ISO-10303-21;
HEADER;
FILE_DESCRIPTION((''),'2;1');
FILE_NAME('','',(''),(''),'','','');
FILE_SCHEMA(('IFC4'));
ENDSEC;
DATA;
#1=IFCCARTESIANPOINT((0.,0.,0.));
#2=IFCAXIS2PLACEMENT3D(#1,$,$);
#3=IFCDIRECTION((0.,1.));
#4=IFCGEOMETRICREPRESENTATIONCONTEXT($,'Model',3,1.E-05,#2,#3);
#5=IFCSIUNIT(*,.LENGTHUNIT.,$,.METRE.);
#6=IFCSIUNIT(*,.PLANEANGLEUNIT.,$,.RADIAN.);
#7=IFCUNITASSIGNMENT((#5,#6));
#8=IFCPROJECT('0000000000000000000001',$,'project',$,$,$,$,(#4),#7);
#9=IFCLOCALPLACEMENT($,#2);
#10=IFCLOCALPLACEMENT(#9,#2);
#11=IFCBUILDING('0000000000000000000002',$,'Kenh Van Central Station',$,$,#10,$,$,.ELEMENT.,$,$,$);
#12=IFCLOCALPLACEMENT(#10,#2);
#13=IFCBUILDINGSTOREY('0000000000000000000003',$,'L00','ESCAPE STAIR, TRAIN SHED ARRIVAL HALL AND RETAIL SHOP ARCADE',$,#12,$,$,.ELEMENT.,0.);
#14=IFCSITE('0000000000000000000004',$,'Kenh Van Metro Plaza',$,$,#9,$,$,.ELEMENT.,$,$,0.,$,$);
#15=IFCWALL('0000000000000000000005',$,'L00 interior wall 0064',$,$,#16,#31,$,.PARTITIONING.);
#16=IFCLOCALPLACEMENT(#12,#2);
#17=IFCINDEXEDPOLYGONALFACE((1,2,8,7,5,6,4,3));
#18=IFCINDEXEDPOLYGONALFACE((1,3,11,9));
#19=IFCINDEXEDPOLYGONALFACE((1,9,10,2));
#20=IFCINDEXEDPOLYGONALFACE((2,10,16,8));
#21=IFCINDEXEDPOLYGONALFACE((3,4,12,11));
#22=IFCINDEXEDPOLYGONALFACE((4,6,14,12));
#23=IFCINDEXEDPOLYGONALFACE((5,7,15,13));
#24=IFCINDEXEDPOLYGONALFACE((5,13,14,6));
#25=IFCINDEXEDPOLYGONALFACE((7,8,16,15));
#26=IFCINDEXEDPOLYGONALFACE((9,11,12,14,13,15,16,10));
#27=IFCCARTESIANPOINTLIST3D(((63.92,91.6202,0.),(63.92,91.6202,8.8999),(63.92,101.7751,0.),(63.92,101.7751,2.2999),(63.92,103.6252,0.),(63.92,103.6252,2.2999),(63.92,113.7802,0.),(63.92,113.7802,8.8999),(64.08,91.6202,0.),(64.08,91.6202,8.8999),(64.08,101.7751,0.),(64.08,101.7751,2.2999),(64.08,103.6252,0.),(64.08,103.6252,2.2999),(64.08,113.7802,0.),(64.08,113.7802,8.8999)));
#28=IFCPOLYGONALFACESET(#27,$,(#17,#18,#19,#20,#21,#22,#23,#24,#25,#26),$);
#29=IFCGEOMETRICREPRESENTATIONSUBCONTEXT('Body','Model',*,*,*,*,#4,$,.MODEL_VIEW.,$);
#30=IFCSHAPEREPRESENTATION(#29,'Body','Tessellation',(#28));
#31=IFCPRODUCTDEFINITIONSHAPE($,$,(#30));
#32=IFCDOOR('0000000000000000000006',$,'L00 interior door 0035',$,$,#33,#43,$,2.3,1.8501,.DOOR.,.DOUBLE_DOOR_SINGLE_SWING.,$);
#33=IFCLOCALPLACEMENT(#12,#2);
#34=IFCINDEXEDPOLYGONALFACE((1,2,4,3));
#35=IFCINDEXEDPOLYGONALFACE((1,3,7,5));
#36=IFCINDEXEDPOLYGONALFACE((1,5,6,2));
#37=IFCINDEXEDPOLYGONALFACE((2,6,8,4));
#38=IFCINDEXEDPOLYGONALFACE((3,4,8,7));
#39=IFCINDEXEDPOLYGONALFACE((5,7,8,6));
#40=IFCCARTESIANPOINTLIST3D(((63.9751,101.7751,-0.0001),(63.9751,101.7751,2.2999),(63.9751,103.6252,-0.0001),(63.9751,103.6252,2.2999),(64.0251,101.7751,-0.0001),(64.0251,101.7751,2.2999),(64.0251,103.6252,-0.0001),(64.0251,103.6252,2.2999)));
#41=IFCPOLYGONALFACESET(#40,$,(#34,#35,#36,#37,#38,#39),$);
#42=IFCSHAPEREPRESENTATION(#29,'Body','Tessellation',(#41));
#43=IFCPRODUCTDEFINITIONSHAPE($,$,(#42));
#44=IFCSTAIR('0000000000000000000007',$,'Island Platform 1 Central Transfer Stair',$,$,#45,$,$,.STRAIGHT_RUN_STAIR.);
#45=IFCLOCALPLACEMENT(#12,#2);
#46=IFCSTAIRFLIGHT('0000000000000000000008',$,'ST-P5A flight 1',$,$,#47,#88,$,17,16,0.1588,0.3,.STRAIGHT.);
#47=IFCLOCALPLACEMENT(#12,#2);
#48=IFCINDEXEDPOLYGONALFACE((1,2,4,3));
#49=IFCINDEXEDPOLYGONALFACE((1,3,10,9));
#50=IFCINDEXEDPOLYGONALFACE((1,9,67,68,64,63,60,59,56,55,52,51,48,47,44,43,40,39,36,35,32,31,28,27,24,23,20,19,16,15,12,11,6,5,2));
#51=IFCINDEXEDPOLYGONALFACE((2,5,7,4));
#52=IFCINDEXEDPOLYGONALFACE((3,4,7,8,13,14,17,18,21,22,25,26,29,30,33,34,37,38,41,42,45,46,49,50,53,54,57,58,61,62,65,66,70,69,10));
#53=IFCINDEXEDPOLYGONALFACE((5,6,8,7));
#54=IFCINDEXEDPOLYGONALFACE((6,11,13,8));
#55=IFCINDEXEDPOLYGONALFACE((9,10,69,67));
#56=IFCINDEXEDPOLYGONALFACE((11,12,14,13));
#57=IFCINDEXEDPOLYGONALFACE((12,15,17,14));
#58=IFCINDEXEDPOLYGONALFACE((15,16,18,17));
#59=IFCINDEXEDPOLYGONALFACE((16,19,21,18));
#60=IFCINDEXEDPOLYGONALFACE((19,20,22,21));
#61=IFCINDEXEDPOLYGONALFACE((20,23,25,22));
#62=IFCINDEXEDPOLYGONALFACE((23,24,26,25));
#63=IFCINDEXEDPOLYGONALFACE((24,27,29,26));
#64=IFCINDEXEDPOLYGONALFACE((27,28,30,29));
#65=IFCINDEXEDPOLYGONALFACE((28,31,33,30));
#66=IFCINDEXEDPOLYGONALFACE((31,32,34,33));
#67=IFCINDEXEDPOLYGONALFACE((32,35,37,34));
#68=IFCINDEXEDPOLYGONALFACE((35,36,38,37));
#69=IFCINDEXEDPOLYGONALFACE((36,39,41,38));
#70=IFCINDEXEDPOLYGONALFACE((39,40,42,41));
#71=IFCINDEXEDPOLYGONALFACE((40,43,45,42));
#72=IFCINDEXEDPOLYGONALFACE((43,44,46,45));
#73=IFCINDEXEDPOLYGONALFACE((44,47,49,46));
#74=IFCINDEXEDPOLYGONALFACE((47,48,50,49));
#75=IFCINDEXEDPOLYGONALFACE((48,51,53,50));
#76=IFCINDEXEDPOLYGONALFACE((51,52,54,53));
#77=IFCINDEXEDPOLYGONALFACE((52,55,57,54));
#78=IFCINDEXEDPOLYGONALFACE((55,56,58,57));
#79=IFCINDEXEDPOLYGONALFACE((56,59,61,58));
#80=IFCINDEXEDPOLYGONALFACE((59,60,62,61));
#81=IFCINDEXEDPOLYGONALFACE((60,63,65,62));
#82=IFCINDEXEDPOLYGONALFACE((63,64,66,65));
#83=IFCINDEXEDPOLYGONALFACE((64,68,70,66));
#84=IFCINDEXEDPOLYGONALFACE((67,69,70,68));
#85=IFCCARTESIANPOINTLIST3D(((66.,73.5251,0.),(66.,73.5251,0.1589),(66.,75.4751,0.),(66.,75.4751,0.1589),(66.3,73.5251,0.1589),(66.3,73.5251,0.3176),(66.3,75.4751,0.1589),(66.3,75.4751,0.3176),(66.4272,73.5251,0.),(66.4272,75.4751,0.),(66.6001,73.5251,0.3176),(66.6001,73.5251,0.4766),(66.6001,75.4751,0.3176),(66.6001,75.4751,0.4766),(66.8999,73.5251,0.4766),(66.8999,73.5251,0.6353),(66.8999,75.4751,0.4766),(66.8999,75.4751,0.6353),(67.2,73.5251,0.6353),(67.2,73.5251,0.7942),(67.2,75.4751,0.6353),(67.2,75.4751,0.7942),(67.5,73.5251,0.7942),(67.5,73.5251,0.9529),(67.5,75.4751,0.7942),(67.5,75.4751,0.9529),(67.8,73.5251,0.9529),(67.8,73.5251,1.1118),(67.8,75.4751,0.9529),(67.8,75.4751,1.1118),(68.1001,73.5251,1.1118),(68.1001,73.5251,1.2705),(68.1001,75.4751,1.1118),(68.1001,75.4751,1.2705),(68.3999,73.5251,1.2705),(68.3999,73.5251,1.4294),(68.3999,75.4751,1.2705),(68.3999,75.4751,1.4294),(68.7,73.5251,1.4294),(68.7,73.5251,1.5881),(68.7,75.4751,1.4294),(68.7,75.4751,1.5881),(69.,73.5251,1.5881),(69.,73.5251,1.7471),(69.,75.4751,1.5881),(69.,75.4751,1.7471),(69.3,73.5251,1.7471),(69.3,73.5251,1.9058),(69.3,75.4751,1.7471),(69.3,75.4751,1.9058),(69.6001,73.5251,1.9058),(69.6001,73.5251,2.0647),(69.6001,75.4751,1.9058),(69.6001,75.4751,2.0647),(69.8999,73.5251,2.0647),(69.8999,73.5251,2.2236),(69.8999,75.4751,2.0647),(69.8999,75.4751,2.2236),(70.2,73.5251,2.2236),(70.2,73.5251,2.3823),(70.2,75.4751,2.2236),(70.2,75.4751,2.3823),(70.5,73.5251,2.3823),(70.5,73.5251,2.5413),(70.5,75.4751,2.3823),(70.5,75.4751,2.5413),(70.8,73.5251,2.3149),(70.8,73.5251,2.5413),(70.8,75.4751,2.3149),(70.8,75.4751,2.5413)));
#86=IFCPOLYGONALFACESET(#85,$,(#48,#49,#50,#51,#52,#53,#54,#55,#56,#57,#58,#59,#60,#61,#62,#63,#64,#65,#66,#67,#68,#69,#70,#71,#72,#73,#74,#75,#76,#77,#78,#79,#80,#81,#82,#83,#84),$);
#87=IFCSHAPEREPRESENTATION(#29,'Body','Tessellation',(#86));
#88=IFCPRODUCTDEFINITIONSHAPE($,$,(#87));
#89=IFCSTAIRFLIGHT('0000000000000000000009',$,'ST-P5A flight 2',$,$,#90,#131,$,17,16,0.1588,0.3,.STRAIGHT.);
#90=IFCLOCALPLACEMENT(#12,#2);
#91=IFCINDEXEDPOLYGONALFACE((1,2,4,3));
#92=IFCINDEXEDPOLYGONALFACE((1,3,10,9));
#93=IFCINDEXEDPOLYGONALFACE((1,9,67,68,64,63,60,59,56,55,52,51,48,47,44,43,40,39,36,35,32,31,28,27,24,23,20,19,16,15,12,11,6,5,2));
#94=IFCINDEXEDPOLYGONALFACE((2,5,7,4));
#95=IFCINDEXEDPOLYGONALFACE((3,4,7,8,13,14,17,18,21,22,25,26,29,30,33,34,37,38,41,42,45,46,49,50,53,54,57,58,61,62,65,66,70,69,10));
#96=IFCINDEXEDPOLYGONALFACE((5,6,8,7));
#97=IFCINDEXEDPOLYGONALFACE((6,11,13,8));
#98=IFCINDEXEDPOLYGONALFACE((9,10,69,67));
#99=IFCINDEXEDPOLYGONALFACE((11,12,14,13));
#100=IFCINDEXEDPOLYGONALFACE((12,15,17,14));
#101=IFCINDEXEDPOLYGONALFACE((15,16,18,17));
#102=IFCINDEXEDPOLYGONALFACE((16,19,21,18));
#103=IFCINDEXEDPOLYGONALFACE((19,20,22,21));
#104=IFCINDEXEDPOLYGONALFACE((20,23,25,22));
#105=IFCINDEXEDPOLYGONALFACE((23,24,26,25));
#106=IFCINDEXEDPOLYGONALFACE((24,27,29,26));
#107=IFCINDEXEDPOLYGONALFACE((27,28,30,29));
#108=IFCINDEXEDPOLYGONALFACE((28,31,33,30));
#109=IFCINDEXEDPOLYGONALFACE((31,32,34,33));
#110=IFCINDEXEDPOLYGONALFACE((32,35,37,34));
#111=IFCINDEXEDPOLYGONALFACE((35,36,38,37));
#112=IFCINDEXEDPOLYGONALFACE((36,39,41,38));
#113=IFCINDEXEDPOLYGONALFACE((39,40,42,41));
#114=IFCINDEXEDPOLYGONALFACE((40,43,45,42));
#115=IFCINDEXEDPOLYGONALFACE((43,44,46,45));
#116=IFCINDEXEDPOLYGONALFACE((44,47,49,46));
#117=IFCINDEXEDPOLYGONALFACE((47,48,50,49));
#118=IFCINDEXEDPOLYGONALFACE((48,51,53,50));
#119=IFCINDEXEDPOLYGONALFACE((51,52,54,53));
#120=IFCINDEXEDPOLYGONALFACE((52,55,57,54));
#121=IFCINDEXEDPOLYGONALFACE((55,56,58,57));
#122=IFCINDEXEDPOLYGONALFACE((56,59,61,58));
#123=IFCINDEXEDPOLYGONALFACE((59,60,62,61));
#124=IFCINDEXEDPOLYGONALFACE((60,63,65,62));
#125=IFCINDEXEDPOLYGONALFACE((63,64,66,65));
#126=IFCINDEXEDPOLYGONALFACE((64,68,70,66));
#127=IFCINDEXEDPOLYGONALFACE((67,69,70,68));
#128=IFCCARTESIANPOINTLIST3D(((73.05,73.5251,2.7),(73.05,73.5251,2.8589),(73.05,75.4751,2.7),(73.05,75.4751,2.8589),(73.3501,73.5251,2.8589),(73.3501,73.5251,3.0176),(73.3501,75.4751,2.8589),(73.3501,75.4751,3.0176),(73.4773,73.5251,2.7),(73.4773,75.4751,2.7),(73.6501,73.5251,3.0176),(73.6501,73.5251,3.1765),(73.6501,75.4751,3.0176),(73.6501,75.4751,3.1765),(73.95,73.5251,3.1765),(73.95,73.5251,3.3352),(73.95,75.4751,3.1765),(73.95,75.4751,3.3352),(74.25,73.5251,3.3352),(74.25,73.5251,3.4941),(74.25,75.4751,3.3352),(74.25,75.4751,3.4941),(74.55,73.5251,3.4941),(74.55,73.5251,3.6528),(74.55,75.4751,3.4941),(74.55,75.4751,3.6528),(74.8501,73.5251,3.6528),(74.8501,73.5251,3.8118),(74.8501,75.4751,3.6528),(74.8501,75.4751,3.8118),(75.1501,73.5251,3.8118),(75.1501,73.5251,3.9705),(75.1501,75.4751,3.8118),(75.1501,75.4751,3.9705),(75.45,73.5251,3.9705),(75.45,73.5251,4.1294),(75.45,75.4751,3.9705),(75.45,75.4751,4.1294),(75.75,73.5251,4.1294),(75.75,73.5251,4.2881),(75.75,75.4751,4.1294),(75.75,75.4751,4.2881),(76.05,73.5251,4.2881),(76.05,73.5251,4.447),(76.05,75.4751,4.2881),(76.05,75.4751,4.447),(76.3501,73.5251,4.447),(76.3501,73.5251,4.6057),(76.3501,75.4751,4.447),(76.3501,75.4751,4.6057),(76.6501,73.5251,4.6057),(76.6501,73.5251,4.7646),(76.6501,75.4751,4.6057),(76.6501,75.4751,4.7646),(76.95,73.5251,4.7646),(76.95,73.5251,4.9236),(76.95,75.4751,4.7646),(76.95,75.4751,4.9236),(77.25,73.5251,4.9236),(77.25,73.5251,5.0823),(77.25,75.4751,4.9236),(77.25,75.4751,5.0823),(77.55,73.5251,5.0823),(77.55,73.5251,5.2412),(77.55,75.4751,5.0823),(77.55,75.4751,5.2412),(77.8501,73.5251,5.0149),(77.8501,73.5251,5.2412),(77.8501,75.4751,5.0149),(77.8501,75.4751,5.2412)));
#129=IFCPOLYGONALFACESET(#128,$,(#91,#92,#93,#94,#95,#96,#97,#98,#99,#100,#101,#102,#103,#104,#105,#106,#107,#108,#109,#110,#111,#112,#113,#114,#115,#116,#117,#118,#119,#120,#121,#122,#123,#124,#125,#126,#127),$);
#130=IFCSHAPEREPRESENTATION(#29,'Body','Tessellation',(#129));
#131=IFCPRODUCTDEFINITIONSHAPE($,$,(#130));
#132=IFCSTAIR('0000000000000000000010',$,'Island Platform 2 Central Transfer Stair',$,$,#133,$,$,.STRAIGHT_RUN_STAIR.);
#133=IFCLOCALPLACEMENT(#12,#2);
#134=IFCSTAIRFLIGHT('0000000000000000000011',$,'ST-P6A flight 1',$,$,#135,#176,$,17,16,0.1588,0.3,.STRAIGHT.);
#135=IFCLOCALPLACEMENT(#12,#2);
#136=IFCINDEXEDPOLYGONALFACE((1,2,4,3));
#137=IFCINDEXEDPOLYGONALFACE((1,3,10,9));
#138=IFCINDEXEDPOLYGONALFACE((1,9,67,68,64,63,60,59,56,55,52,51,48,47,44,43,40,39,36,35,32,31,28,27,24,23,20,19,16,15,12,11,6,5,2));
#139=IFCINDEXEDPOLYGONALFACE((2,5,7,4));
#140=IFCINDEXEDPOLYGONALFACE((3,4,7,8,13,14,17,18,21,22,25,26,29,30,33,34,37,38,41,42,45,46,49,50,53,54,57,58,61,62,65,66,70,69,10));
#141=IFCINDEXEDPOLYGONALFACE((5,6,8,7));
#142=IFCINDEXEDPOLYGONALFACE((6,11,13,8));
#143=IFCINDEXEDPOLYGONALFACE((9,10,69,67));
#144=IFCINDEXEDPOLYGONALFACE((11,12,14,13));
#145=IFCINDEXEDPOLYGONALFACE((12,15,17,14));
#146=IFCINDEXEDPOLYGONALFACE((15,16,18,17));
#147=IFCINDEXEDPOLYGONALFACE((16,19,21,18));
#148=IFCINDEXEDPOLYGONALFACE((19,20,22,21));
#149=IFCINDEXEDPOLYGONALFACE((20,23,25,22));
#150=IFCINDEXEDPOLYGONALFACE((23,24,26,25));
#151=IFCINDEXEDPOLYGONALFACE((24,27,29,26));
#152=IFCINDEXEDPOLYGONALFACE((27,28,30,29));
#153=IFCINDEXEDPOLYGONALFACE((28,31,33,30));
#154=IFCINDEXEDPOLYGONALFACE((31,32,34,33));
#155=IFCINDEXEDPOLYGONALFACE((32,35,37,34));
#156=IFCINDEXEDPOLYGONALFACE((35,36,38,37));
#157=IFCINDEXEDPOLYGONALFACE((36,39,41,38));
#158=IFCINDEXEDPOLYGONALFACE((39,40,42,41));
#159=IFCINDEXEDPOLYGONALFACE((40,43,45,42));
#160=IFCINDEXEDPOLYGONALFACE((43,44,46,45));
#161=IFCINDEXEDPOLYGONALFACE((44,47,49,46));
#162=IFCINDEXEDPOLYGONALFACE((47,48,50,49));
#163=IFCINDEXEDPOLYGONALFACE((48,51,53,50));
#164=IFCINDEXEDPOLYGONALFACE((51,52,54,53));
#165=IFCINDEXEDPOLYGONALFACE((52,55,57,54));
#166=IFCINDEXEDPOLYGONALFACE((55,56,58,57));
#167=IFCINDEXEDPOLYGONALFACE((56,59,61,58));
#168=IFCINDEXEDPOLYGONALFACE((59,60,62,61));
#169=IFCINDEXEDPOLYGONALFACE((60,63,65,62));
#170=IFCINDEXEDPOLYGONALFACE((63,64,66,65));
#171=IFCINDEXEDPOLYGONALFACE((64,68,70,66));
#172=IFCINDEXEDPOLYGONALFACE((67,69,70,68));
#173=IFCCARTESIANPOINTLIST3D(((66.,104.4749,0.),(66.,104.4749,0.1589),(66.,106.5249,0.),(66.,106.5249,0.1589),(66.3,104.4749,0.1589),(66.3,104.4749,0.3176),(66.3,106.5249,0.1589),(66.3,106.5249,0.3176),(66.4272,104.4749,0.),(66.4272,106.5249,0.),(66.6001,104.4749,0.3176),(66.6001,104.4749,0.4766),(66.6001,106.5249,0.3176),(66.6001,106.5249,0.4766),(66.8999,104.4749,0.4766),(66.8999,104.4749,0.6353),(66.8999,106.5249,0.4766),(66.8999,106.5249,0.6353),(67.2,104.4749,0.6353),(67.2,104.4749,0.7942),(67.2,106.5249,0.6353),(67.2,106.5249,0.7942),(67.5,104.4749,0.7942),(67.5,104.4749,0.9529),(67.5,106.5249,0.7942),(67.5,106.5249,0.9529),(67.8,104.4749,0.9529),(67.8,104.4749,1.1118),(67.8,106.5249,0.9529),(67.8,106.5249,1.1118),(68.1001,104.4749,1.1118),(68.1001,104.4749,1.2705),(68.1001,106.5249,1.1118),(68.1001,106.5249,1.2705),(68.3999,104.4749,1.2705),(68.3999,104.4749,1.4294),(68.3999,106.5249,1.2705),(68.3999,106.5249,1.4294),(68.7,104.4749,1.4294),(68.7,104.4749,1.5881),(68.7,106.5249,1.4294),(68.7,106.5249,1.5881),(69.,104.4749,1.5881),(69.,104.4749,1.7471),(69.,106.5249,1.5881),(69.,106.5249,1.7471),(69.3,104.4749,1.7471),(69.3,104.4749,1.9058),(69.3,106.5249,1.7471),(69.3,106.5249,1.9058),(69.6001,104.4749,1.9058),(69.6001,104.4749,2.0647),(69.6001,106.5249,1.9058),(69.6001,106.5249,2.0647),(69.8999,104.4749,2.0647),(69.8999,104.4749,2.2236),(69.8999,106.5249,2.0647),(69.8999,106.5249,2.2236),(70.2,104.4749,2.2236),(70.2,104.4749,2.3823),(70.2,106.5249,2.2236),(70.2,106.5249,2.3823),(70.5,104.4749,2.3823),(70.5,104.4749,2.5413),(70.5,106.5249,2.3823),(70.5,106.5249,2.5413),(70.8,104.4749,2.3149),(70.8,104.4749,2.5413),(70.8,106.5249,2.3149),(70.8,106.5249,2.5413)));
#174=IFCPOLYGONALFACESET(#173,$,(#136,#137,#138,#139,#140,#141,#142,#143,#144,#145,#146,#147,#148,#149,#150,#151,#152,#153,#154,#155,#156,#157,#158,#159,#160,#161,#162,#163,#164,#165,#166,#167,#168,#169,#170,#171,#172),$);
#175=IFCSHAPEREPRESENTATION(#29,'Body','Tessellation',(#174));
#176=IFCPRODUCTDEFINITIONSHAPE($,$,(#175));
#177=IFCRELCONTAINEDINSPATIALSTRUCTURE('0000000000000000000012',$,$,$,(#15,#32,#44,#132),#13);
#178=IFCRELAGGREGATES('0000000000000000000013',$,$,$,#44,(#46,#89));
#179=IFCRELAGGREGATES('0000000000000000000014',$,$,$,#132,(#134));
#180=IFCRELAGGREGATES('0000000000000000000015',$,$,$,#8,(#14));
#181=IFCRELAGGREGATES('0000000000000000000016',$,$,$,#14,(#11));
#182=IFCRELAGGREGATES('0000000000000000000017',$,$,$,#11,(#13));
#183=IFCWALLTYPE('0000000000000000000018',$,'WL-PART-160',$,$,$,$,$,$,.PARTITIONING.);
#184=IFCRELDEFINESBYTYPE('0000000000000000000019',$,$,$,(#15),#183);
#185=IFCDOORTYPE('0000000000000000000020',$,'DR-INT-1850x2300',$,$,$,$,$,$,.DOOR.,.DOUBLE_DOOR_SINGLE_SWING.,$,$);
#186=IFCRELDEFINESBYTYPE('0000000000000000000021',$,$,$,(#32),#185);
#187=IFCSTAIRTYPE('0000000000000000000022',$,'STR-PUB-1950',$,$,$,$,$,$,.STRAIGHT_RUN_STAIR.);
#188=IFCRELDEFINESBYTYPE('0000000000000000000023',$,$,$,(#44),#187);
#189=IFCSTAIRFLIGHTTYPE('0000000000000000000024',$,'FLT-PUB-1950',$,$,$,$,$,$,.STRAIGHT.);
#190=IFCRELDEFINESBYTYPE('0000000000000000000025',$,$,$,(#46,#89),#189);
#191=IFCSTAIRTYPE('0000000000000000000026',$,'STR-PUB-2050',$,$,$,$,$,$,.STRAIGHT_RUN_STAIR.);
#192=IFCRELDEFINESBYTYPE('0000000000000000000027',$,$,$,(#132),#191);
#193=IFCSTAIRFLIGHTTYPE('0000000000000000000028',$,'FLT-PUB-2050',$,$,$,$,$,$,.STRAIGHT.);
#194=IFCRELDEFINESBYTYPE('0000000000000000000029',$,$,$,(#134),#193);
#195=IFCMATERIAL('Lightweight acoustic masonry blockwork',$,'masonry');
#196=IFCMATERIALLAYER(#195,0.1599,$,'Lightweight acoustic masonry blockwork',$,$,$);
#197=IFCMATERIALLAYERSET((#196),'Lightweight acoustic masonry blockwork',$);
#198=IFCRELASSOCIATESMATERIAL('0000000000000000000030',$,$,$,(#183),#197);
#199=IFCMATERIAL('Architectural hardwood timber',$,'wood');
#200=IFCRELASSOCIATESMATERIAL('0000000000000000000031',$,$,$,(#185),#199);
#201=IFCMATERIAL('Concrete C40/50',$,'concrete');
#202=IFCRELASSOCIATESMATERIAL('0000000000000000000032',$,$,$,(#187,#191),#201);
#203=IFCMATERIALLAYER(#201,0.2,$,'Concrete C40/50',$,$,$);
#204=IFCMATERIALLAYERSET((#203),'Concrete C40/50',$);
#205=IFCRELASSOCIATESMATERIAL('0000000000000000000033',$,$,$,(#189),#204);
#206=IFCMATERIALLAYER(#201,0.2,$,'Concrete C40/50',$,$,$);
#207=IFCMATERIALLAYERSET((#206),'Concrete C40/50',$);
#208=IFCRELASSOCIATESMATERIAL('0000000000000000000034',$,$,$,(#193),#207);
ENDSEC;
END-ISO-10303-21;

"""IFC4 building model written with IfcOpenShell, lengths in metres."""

from ifc_helpers import new_model, si_unit, direction, frame, frame_2d, origin, place, context, subcontext, project, spatial, polyline, rectangle, outline, extrude, material, layer, layer_set, type_object, element, fill, aggregate, save


model = new_model("IFC4")

# Units and contexts
model_context = context("Model", 3, precision=1e-05, world=origin(), true_north=direction((0.0, 1.0)))
body_context = subcontext(model_context, "Body", "Model", "MODEL_VIEW")
ifc_project = project(units=[si_unit("LENGTHUNIT", "METRE"), si_unit("PLANEANGLEUNIT", "RADIAN")], contexts=[model_context])

# Site, building, storey
site_placement = place(None, origin())
site = spatial("IfcSite", under=ifc_project, at=site_placement, Name="Kenh Van Metro Plaza", CompositionType="ELEMENT", RefElevation=0.0)
building_placement = place(site_placement, origin())
building = spatial("IfcBuilding", under=site, at=building_placement, Name="Kenh Van Central Station", CompositionType="ELEMENT")
storey_placement = place(building_placement, origin())
storey = spatial("IfcBuildingStorey", under=building, at=storey_placement, Name="L00", Description="ESCAPE STAIR, TRAIN SHED ARRIVAL HALL AND RETAIL SHOP ARCADE", CompositionType="ELEMENT", Elevation=0.0)

# Shared definitions
ifc_material_1 = material(Name="Concrete C40/50", Category="concrete")

# Wall, opening, door
ifc_material_2 = material(Name="Lightweight acoustic masonry blockwork", Category="masonry")
ifc_layer_1 = layer(ifc_material_2, 0.1599, Name="Lightweight acoustic masonry blockwork")
ifc_layer_set_1 = layer_set([ifc_layer_1], Name="Lightweight acoustic masonry blockwork")
wall_type = type_object("IfcWallType", Name="WL-PART-160", PredefinedType="PARTITIONING", material=ifc_layer_set_1)
wall_placement = place(storey_placement, frame((64.0, 91.6201, 0.0), z_axis=(0.0, 0.0, 1.0), x_axis=(0.0, 1.0, 0.0)))
wall = element("IfcWall", 1, at=wall_placement, inside=storey, type_object=wall_type, Name="L00 interior wall 0064", PredefinedType="PARTITIONING", context=body_context, shape_type="SweptSolid", body=[
    extrude(rectangle(XDim=22.1599, YDim=0.1599, at=frame_2d((11.0801, 0.0))), origin(), (0.0, 0.0, 1.0), 8.8999),
])
opening_placement = place(wall_placement, frame((10.155, 0.0, 0.0)))
opening = element("IfcOpeningElement", 2, at=opening_placement, cuts=wall, PredefinedType="OPENING", context=body_context, shape_type="SweptSolid", body=[
    extrude(rectangle(XDim=1.8501, YDim=2.3, at=frame_2d((0.925, 1.1499))), frame((0.0, 0.0898, 0.0), z_axis=(0.0, -1.0, 0.0), x_axis=(1.0, 0.0, 0.0)), (0.0, 0.0, 1.0), 0.1799),
])
ifc_material_3 = material(Name="Architectural hardwood timber", Category="wood")
door_type = type_object("IfcDoorType", Name="DR-INT-1850x2300", OperationType="DOUBLE_DOOR_SINGLE_SWING", PredefinedType="DOOR", material=ifc_material_3)
door_placement = place(opening_placement, origin())
door = element("IfcDoor", 3, at=door_placement, inside=storey, type_object=door_type, Name="L00 interior door 0035", OperationType="DOUBLE_DOOR_SINGLE_SWING", OverallHeight=2.3, OverallWidth=1.8501, PredefinedType="DOOR", context=body_context, shape_type="SweptSolid", body=[
    extrude(rectangle(XDim=1.8501, YDim=2.3, at=frame_2d((0.925, 1.1499))), frame((0.0, 0.0249, 0.0), z_axis=(0.0, -1.0, 0.0), x_axis=(1.0, 0.0, 0.0)), (0.0, 0.0, 1.0), 0.05),
])
fill(opening, door)

# Stairs, stair flights
stair_type_1 = type_object("IfcStairType", Name="STR-PUB-1950", PredefinedType="STRAIGHT_RUN_STAIR", material=ifc_material_1)
stair_1_placement = place(storey_placement, origin())
stair_1 = element("IfcStair", 4, at=stair_1_placement, inside=storey, type_object=stair_type_1, Name="Island Platform 1 Central Transfer Stair", PredefinedType="STRAIGHT_RUN_STAIR")
ifc_layer_2 = layer(ifc_material_1, 0.2, Name="Concrete C40/50")
ifc_layer_set_2 = layer_set([ifc_layer_2], Name="Concrete C40/50")
stair_flight_type_1 = type_object("IfcStairFlightType", Name="FLT-PUB-1950", PredefinedType="STRAIGHT", material=ifc_layer_set_2)
stair_flight_1_placement = place(storey_placement, frame((66.0, 74.5, 0.0), z_axis=(0.0, 0.0, 1.0), x_axis=(1.0, 0.0, 0.0)))
stair_flight_1 = element("IfcStairFlight", 5, at=stair_flight_1_placement, type_object=stair_flight_type_1, Name="ST-P5A flight 1", NumberOfRisers=17, NumberOfTreads=16, PredefinedType="STRAIGHT", RiserHeight=0.1588, TreadLength=0.3, context=body_context, shape_type="SweptSolid", body=[
    extrude(outline(polyline([(0.0, 0.0), (0.0, 0.1589), (0.3, 0.1589), (0.3, 0.3176), (0.6001, 0.3176), (0.6001, 0.4766), (0.8999, 0.4766), (0.8999, 0.6353), (1.2, 0.6353), (1.2, 0.7942), (1.5, 0.7942), (1.5, 0.9529), (1.8, 0.9529), (1.8, 1.1118), (2.1001, 1.1118), (2.1001, 1.2705), (2.3999, 1.2705), (2.3999, 1.4294), (2.7, 1.4294), (2.7, 1.5881), (3.0, 1.5881), (3.0, 1.7471), (3.3, 1.7471), (3.3, 1.9058), (3.6001, 1.9058), (3.6001, 2.0647), (3.8999, 2.0647), (3.8999, 2.2236), (4.2, 2.2236), (4.2, 2.3823), (4.5, 2.3823), (4.5, 2.5413), (4.8, 2.5413), (4.8, 2.7), (4.8, 2.3149), (0.4272, 0.0), (0.0, 0.0)])), frame((0.0, 0.9751, 0.0), z_axis=(0.0, -1.0, 0.0), x_axis=(1.0, 0.0, 0.0)), (0.0, 0.0, 1.0), 1.95),
])
stair_flight_2_placement = place(storey_placement, frame((73.05, 74.5, 2.7), z_axis=(0.0, 0.0, 1.0), x_axis=(1.0, 0.0, 0.0)))
stair_flight_2 = element("IfcStairFlight", 6, at=stair_flight_2_placement, type_object=stair_flight_type_1, Name="ST-P5A flight 2", NumberOfRisers=17, NumberOfTreads=16, PredefinedType="STRAIGHT", RiserHeight=0.1588, TreadLength=0.3, context=body_context, shape_type="SweptSolid", body=[
    extrude(outline(polyline([(0.0, 0.0), (0.0, 0.1589), (0.3, 0.1589), (0.3, 0.3176), (0.6001, 0.3176), (0.6001, 0.4766), (0.8999, 0.4766), (0.8999, 0.6353), (1.2, 0.6353), (1.2, 0.7942), (1.5, 0.7942), (1.5, 0.9529), (1.8, 0.9529), (1.8, 1.1118), (2.1001, 1.1118), (2.1001, 1.2705), (2.3999, 1.2705), (2.3999, 1.4294), (2.7, 1.4294), (2.7, 1.5881), (3.0, 1.5881), (3.0, 1.7471), (3.3, 1.7471), (3.3, 1.9058), (3.6001, 1.9058), (3.6001, 2.0647), (3.8999, 2.0647), (3.8999, 2.2236), (4.2, 2.2236), (4.2, 2.3823), (4.5, 2.3823), (4.5, 2.5413), (4.8, 2.5413), (4.8, 2.7), (4.8, 2.3149), (0.4272, 0.0), (0.0, 0.0)])), frame((0.0, 0.9751, 0.0), z_axis=(0.0, -1.0, 0.0), x_axis=(1.0, 0.0, 0.0)), (0.0, 0.0, 1.0), 1.95),
])
aggregate(stair_1, [stair_flight_1, stair_flight_2])
stair_type_2 = type_object("IfcStairType", Name="STR-PUB-2050", PredefinedType="STRAIGHT_RUN_STAIR", material=ifc_material_1)
stair_2_placement = place(storey_placement, origin())
stair_2 = element("IfcStair", 7, at=stair_2_placement, inside=storey, type_object=stair_type_2, Name="Island Platform 2 Central Transfer Stair", PredefinedType="STRAIGHT_RUN_STAIR")
ifc_layer_3 = layer(ifc_material_1, 0.2, Name="Concrete C40/50")
ifc_layer_set_3 = layer_set([ifc_layer_3], Name="Concrete C40/50")
stair_flight_type_2 = type_object("IfcStairFlightType", Name="FLT-PUB-2050", PredefinedType="STRAIGHT", material=ifc_layer_set_3)
stair_flight_3_placement = place(storey_placement, frame((66.0, 105.5, 0.0), z_axis=(0.0, 0.0, 1.0), x_axis=(1.0, 0.0, 0.0)))
stair_flight_3 = element("IfcStairFlight", 8, at=stair_flight_3_placement, type_object=stair_flight_type_2, Name="ST-P6A flight 1", NumberOfRisers=17, NumberOfTreads=16, PredefinedType="STRAIGHT", RiserHeight=0.1588, TreadLength=0.3, context=body_context, shape_type="SweptSolid", body=[
    extrude(outline(polyline([(0.0, 0.0), (0.0, 0.1589), (0.3, 0.1589), (0.3, 0.3176), (0.6001, 0.3176), (0.6001, 0.4766), (0.8999, 0.4766), (0.8999, 0.6353), (1.2, 0.6353), (1.2, 0.7942), (1.5, 0.7942), (1.5, 0.9529), (1.8, 0.9529), (1.8, 1.1118), (2.1001, 1.1118), (2.1001, 1.2705), (2.3999, 1.2705), (2.3999, 1.4294), (2.7, 1.4294), (2.7, 1.5881), (3.0, 1.5881), (3.0, 1.7471), (3.3, 1.7471), (3.3, 1.9058), (3.6001, 1.9058), (3.6001, 2.0647), (3.8999, 2.0647), (3.8999, 2.2236), (4.2, 2.2236), (4.2, 2.3823), (4.5, 2.3823), (4.5, 2.5413), (4.8, 2.5413), (4.8, 2.7), (4.8, 2.3149), (0.4272, 0.0), (0.0, 0.0)])), frame((0.0, 1.0249, 0.0), z_axis=(0.0, -1.0, 0.0), x_axis=(1.0, 0.0, 0.0)), (0.0, 0.0, 1.0), 2.05),
])
aggregate(stair_2, [stair_flight_3])

save(model, "model.ifc")
